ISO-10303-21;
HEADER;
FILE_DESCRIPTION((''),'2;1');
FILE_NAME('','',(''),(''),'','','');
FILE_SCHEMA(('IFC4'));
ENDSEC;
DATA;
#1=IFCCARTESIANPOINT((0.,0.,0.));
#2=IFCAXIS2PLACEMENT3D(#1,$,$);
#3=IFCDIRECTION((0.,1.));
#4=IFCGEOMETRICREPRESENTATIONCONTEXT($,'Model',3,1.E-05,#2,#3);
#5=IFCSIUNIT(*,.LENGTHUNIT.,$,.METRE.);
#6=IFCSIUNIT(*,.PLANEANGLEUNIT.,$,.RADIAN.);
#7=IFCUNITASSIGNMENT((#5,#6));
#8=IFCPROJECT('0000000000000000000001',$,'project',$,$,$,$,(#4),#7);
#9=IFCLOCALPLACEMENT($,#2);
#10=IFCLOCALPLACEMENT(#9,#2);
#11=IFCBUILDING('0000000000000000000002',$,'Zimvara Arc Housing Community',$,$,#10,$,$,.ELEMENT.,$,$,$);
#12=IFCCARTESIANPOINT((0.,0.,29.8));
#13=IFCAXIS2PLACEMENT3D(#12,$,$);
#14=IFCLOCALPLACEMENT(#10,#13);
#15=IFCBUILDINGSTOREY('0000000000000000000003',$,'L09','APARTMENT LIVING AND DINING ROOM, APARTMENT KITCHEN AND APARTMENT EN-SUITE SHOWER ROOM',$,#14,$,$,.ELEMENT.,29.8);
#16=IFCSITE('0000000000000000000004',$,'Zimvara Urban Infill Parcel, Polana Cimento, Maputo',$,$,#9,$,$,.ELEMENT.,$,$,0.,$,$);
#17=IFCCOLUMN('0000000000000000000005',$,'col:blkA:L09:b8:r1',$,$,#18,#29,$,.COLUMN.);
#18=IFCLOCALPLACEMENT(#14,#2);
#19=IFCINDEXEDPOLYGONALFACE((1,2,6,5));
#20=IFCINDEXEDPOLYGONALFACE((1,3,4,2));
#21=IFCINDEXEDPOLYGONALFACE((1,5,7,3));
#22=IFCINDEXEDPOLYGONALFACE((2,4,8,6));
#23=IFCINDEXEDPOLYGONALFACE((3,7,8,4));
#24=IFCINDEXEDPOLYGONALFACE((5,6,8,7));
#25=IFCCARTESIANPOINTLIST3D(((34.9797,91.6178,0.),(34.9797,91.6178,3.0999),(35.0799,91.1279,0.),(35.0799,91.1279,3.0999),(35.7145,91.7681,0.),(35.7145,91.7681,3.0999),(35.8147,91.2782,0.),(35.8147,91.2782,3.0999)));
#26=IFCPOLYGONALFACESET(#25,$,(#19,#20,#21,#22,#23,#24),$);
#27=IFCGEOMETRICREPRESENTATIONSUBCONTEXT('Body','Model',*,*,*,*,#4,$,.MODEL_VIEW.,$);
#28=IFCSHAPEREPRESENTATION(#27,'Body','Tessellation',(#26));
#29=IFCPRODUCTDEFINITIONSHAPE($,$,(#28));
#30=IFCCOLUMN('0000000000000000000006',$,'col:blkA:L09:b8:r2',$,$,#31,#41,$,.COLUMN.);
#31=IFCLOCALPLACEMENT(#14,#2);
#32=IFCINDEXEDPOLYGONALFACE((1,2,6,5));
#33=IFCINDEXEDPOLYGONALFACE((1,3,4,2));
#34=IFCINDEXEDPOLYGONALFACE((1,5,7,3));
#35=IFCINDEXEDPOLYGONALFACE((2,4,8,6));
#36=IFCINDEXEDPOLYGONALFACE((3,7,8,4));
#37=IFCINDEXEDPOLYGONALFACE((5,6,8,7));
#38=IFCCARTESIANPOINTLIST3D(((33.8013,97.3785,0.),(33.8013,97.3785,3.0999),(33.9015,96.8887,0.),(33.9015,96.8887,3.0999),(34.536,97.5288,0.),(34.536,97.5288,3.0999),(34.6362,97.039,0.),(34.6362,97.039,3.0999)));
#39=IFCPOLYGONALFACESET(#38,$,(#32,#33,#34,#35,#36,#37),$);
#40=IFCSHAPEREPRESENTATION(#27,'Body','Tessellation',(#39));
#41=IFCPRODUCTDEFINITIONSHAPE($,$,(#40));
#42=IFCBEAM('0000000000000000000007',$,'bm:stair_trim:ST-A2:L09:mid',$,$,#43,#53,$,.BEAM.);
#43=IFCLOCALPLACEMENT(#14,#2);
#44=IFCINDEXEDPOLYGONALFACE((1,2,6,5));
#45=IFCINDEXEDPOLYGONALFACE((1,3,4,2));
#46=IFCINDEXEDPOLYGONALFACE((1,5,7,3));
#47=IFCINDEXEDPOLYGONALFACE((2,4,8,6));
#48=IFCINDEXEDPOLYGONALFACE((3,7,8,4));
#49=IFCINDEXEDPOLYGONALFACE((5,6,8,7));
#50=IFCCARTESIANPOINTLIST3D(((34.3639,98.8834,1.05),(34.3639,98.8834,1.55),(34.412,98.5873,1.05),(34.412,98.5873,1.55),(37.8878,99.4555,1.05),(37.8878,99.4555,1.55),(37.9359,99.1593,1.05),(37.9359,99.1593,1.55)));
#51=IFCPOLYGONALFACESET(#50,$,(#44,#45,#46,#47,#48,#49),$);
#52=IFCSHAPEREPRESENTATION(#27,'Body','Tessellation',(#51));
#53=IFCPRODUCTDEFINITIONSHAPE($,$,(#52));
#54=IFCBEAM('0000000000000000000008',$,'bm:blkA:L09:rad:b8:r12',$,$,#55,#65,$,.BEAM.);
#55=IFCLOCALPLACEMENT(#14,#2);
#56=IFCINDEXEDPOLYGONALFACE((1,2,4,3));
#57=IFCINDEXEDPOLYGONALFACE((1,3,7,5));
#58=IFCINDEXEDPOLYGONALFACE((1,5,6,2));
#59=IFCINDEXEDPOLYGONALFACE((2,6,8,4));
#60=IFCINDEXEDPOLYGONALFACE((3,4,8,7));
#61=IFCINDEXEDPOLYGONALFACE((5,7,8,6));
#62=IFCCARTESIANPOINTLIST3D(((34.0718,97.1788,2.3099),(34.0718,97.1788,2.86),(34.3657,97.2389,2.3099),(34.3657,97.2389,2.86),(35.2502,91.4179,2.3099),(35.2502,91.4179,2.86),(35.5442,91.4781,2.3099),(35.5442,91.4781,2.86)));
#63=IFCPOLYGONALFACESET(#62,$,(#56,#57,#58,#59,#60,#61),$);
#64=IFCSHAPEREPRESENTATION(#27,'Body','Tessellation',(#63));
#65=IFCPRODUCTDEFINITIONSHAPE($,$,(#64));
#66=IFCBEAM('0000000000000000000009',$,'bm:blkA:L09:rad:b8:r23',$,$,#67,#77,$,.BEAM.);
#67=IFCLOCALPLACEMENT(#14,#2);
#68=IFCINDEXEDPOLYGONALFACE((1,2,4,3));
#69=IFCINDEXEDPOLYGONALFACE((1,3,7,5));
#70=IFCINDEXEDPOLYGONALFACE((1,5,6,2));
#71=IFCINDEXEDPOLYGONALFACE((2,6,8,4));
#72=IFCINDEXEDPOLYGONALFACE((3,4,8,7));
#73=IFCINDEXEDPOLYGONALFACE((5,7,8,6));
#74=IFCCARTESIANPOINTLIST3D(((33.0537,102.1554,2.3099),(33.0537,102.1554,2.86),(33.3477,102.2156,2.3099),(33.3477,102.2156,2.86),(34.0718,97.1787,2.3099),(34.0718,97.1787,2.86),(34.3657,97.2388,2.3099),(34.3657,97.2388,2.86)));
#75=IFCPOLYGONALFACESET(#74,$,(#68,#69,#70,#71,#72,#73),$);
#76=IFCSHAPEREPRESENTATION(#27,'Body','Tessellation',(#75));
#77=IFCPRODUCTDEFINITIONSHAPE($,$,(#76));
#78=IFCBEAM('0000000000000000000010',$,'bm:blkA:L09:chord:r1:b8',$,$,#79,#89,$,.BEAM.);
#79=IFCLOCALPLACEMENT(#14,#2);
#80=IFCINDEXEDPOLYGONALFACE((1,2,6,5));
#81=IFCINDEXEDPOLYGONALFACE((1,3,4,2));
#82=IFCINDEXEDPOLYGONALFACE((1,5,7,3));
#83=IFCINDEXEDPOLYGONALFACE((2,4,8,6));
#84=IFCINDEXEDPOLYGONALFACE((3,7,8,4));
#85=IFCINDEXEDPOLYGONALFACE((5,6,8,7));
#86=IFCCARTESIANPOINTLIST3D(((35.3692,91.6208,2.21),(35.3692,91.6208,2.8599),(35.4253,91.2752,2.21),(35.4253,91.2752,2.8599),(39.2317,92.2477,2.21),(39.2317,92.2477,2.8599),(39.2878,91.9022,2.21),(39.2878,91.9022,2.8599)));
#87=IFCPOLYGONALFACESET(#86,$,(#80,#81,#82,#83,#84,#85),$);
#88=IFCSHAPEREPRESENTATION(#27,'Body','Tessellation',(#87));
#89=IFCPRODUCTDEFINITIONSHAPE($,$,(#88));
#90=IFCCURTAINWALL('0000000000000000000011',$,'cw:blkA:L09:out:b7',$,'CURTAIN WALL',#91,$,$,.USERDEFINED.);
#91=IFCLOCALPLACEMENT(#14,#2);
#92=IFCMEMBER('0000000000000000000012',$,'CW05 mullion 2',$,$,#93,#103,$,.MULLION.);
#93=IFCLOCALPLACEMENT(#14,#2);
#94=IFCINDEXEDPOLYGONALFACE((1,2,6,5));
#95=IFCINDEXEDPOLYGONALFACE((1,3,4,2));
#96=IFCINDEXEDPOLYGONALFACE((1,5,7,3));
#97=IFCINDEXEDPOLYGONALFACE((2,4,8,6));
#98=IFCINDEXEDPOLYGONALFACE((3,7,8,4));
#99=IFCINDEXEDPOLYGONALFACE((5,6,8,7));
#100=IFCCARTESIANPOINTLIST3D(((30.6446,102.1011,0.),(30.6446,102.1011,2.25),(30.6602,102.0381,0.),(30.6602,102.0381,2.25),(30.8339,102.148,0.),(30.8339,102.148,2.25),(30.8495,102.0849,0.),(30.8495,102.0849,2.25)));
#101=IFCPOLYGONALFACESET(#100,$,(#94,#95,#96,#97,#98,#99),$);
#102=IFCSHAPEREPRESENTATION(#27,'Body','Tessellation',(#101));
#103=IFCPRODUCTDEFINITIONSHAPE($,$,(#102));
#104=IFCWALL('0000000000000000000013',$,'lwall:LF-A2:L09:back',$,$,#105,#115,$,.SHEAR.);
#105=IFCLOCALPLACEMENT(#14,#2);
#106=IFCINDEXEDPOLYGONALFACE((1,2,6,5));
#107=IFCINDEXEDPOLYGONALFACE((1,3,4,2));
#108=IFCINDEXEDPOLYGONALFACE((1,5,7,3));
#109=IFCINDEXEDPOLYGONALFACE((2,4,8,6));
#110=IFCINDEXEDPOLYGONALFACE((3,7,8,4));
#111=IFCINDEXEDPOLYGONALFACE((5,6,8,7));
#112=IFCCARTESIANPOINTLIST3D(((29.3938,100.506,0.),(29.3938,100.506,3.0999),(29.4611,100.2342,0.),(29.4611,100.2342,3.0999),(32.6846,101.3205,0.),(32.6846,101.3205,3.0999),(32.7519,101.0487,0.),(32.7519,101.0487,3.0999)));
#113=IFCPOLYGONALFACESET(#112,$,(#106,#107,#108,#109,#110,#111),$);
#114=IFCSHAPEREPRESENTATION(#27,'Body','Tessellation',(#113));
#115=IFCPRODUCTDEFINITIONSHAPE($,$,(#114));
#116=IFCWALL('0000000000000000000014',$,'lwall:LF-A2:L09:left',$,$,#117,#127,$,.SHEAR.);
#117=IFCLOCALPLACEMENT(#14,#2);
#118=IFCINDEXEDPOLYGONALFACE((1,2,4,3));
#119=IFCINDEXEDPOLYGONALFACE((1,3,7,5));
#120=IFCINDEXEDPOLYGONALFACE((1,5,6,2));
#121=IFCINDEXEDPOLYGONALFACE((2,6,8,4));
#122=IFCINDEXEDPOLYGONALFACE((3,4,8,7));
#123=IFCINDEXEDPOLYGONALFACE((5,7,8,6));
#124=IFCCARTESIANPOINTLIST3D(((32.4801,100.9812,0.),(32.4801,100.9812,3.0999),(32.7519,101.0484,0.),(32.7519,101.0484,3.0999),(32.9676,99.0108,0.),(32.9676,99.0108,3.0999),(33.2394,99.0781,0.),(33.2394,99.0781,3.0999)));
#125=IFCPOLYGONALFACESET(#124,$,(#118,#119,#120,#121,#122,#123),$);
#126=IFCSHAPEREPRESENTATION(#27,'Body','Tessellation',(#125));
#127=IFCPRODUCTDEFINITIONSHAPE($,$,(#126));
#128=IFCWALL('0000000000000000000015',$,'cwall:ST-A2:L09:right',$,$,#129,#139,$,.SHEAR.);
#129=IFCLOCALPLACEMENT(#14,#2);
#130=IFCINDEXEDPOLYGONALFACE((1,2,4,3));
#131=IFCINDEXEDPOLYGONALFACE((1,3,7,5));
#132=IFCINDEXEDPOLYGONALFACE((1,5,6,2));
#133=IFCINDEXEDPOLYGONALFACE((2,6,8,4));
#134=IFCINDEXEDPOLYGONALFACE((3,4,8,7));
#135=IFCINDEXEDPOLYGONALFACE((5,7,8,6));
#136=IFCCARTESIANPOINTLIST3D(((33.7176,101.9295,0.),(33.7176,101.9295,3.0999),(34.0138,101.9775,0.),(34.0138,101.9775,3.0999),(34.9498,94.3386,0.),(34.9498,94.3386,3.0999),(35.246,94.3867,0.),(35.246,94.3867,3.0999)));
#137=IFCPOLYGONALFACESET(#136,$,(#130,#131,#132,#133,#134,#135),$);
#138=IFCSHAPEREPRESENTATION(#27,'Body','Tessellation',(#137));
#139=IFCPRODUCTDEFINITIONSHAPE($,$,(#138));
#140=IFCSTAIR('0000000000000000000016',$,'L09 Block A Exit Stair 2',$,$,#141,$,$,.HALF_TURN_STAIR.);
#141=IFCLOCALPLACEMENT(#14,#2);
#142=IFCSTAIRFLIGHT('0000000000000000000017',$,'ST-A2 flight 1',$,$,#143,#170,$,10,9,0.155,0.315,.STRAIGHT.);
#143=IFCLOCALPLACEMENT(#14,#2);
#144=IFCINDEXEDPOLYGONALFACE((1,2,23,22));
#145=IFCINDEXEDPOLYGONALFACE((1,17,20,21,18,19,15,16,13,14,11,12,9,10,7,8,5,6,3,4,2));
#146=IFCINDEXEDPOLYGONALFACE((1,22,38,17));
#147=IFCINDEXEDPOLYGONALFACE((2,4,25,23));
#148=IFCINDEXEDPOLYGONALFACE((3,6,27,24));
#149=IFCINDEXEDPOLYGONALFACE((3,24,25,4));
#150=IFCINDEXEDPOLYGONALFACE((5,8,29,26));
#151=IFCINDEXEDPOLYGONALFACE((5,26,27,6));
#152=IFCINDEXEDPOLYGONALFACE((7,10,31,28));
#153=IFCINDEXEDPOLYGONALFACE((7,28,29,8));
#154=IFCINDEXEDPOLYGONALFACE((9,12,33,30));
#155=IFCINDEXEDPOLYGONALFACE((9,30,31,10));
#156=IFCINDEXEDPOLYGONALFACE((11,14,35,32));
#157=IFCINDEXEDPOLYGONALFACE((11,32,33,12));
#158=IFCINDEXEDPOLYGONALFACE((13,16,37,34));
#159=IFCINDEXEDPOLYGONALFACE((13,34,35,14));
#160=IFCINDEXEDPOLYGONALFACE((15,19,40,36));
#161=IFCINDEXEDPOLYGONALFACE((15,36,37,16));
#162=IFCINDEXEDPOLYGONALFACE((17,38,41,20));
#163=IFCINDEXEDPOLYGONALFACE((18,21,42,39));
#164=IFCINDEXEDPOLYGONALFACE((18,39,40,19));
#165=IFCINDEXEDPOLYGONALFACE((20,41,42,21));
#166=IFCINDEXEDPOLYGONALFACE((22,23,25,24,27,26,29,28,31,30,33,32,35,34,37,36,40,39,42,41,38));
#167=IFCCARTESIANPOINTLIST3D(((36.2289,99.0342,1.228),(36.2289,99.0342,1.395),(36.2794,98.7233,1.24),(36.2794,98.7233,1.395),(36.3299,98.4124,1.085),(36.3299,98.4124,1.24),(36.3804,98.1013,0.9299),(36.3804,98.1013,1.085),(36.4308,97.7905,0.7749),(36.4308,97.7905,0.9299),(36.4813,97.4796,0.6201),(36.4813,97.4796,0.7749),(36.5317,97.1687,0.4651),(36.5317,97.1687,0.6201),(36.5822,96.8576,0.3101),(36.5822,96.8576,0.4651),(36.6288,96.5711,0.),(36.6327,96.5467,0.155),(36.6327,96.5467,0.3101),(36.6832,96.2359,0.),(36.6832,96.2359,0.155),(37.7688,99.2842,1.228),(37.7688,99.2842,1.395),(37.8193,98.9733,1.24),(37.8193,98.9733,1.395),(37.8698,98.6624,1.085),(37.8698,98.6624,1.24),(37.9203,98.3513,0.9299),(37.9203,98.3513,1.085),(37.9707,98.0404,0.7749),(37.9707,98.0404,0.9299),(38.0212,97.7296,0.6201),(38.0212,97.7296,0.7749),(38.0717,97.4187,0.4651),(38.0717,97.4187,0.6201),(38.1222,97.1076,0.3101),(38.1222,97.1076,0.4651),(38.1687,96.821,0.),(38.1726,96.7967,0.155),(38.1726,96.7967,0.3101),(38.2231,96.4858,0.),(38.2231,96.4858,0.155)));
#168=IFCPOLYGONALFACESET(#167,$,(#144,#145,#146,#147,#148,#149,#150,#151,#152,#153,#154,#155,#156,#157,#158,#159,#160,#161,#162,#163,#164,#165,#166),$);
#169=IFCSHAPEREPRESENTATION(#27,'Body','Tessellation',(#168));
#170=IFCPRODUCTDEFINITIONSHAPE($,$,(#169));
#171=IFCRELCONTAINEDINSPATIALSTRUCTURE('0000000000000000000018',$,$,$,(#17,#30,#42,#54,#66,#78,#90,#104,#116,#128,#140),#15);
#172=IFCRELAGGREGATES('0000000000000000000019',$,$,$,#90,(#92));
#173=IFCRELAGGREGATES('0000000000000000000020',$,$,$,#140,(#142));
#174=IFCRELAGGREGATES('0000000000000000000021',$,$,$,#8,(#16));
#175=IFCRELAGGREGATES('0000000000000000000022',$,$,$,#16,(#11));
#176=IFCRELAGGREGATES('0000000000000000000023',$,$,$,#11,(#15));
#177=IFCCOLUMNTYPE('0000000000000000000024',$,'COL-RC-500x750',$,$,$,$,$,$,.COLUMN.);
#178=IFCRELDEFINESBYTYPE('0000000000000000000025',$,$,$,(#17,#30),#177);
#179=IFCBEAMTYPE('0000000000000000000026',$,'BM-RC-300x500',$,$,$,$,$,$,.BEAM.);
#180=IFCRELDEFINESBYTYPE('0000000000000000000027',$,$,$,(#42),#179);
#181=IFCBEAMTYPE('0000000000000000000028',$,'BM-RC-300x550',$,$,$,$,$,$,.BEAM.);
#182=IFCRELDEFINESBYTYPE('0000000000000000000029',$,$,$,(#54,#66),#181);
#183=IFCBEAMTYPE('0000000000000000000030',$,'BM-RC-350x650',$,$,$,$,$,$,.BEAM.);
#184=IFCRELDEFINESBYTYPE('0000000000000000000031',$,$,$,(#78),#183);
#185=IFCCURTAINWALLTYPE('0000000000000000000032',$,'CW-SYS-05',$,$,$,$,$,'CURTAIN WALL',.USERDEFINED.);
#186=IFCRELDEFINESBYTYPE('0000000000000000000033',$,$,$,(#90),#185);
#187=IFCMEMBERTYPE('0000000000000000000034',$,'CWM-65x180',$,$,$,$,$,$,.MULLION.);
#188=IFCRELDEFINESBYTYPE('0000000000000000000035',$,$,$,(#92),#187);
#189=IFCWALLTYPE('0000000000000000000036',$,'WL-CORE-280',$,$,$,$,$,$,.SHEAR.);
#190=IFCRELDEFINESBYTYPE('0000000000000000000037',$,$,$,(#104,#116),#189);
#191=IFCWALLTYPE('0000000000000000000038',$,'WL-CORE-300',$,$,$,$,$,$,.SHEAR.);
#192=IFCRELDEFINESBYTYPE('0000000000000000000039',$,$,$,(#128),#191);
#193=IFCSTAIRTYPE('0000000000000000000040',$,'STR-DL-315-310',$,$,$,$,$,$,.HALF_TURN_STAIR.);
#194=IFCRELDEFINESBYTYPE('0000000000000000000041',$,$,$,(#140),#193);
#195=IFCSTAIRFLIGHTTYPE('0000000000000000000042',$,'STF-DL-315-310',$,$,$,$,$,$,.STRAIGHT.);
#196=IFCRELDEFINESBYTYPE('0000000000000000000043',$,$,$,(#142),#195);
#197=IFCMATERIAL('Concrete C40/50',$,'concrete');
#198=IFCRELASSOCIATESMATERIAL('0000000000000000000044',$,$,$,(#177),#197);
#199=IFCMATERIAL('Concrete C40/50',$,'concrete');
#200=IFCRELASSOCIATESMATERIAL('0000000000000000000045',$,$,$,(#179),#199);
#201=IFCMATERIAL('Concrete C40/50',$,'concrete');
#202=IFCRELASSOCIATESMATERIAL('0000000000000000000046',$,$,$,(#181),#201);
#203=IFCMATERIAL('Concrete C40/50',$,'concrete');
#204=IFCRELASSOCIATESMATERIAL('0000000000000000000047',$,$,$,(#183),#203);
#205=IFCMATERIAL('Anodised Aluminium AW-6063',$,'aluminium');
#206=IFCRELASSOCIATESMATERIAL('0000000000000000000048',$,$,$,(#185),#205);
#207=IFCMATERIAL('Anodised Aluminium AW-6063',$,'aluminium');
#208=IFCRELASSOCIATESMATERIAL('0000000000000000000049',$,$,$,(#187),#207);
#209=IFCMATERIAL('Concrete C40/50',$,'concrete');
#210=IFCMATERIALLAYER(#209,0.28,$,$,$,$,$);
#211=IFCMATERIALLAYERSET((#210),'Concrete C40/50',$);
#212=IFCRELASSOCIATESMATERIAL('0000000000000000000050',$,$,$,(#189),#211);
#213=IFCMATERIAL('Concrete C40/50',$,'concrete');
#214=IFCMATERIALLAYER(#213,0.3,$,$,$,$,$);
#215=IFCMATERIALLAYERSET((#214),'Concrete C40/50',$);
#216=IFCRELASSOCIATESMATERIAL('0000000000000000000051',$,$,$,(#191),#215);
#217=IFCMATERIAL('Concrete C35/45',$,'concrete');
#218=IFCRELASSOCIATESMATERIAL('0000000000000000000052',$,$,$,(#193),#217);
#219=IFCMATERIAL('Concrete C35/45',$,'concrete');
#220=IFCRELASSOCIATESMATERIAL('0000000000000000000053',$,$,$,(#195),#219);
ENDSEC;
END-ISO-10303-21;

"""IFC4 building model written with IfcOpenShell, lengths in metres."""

from ifc_helpers import new_model, si_unit, direction, frame, frame_2d, origin, origin_2d, place, context, subcontext, project, spatial, polyline, rectangle, outline, extrude, material, layer, layer_set, material_profile, profile_set, type_object, element, aggregate, save


model = new_model("IFC4")

# Units and contexts
model_context = context("Model", 3, precision=1e-05, world=origin(), true_north=direction((0.0, 1.0)))
body_context = subcontext(model_context, "Body", "Model", "MODEL_VIEW")
ifc_project = project(units=[si_unit("LENGTHUNIT", "METRE"), si_unit("PLANEANGLEUNIT", "RADIAN")], contexts=[model_context])

# Site, building, storey
site_placement = place(None, origin())
site = spatial("IfcSite", under=ifc_project, at=site_placement, Name="Zimvara Urban Infill Parcel, Polana Cimento, Maputo", CompositionType="ELEMENT", RefElevation=0.0)
building_placement = place(site_placement, origin())
building = spatial("IfcBuilding", under=site, at=building_placement, Name="Zimvara Arc Housing Community", CompositionType="ELEMENT")
storey_placement = place(building_placement, frame((0.0, 0.0, 29.8)))
storey = spatial("IfcBuildingStorey", under=building, at=storey_placement, Name="L09", Description="APARTMENT LIVING AND DINING ROOM, APARTMENT KITCHEN AND APARTMENT EN-SUITE SHOWER ROOM", CompositionType="ELEMENT", Elevation=29.8)

# Columns
ifc_material_1 = material(Name="Concrete C40/50", Category="concrete")
ifc_material_profile_1 = material_profile(ifc_material_1, rectangle(XDim=0.5, YDim=0.75, at=origin_2d()), Name="RC 500x750")
ifc_profile_set_1 = profile_set([ifc_material_profile_1], Name="Concrete C40/50")
column_type = type_object("IfcColumnType", Name="COL-RC-500x750", PredefinedType="COLUMN", material=ifc_profile_set_1)
for number, where, z_axis, x_axis, name in (
    (1, (35.3972, 91.448, 0.0), (0.0, 0.0, 1.0), (-0.200394, 0.979715, 0.0), "col:blkA:L09:b8:r1"),
    (2, (34.2188, 97.2087, 0.0), (0.0, 0.0, 1.0), (-0.200394, 0.979715, 0.0), "col:blkA:L09:b8:r2"),
):
    element("IfcColumn", number, at=place(storey_placement, frame(where, z_axis=z_axis, x_axis=x_axis)), inside=storey, type_object=column_type, Name=name, PredefinedType="COLUMN", context=body_context, shape_type="SweptSolid", body=[
        extrude(rectangle(XDim=0.5, YDim=0.75, at=origin_2d()), origin(), (0.0, 0.0, 1.0), 3.0999),
    ])

# Beams
ifc_material_2 = material(Name="Concrete C40/50", Category="concrete")
ifc_material_profile_2 = material_profile(ifc_material_2, rectangle(XDim=0.3, YDim=0.5, at=origin_2d()), Name="RC 300x500")
ifc_profile_set_2 = profile_set([ifc_material_profile_2], Name="Concrete C40/50")
beam_type_1 = type_object("IfcBeamType", Name="BM-RC-300x500", PredefinedType="BEAM", material=ifc_profile_set_2)
beam_1_placement = place(storey_placement, frame((37.9119, 99.3074, 1.3), z_axis=(-0.98708, -0.160228, 0.0), x_axis=(0.160228, -0.98708, 0.0)))
element("IfcBeam", 3, at=beam_1_placement, inside=storey, type_object=beam_type_1, Name="bm:stair_trim:ST-A2:L09:mid", PredefinedType="BEAM", context=body_context, shape_type="SweptSolid", body=[
    extrude(rectangle(XDim=0.3, YDim=0.5, at=origin_2d()), origin(), (0.0, 0.0, 1.0), 3.5701),
])
ifc_material_3 = material(Name="Concrete C40/50", Category="concrete")
ifc_material_profile_3 = material_profile(ifc_material_3, rectangle(XDim=0.3, YDim=0.55, at=origin_2d()), Name="RC 300x550")
ifc_profile_set_3 = profile_set([ifc_material_profile_3], Name="Concrete C40/50")
beam_type_2 = type_object("IfcBeamType", Name="BM-RC-300x550", PredefinedType="BEAM", material=ifc_profile_set_3)
beam_2_placement = place(storey_placement, frame((35.3972, 91.448, 2.585), z_axis=(-0.200418, 0.97971, 0.0), x_axis=(-0.97971, -0.200418, 0.0)))
element("IfcBeam", 4, at=beam_2_placement, inside=storey, type_object=beam_type_2, Name="bm:blkA:L09:rad:b8:r12", PredefinedType="BEAM", context=body_context, shape_type="SweptSolid", body=[
    extrude(rectangle(XDim=0.3, YDim=0.55, at=origin_2d()), origin(), (0.0, 0.0, 1.0), 5.8801),
])
beam_3_placement = place(storey_placement, frame((34.2188, 97.2087, 2.585), z_axis=(-0.200412, 0.979712, 0.0), x_axis=(-0.979712, -0.200412, 0.0)))
element("IfcBeam", 5, at=beam_3_placement, inside=storey, type_object=beam_type_2, Name="bm:blkA:L09:rad:b8:r23", PredefinedType="BEAM", context=body_context, shape_type="SweptSolid", body=[
    extrude(rectangle(XDim=0.3, YDim=0.55, at=origin_2d()), origin(), (0.0, 0.0, 1.0), 5.0798),
])
ifc_material_4 = material(Name="Concrete C40/50", Category="concrete")
ifc_material_profile_4 = material_profile(ifc_material_4, rectangle(XDim=0.3501, YDim=0.6499, at=origin_2d()), Name="RC 350x650")
ifc_profile_set_4 = profile_set([ifc_material_profile_4], Name="Concrete C40/50")
beam_type_3 = type_object("IfcBeamType", Name="BM-RC-350x650", PredefinedType="BEAM", material=ifc_profile_set_4)
beam_4_placement = place(storey_placement, frame((35.3972, 91.448, 2.5349), z_axis=(0.987081, 0.160219, 0.0), x_axis=(-0.160219, 0.987081, 0.0)))
element("IfcBeam", 6, at=beam_4_placement, inside=storey, type_object=beam_type_3, Name="bm:blkA:L09:chord:r1:b8", PredefinedType="BEAM", context=body_context, shape_type="SweptSolid", body=[
    extrude(rectangle(XDim=0.3501, YDim=0.6499, at=origin_2d()), origin(), (0.0, 0.0, 1.0), 3.9131),
])

# Curtain wall, member
ifc_material_5 = material(Name="Anodised Aluminium AW-6063", Category="aluminium")
curtain_wall_type = type_object("IfcCurtainWallType", Name="CW-SYS-05", ElementType="CURTAIN WALL", PredefinedType="USERDEFINED", material=ifc_material_5)
curtain_wall_placement = place(storey_placement, origin())
curtain_wall = element("IfcCurtainWall", 7, at=curtain_wall_placement, inside=storey, type_object=curtain_wall_type, Name="cw:blkA:L09:out:b7", ObjectType="CURTAIN WALL", PredefinedType="USERDEFINED")
ifc_material_6 = material(Name="Anodised Aluminium AW-6063", Category="aluminium")
ifc_material_profile_5 = material_profile(ifc_material_6, rectangle(XDim=0.0649, YDim=0.1951, at=origin_2d()), Name="ALU 65x195")
ifc_profile_set_5 = profile_set([ifc_material_profile_5], Name="Anodised Aluminium AW-6063")
member_type = type_object("IfcMemberType", Name="CWM-65x180", PredefinedType="MULLION", material=ifc_profile_set_5)
member_placement = place(storey_placement, frame((30.7471, 102.093, 0.0), z_axis=(0.0, 0.0, 1.0), x_axis=(-0.24023, 0.970716, 0.0)))
member = element("IfcMember", 8, at=member_placement, type_object=member_type, Name="CW05 mullion 2", PredefinedType="MULLION", context=body_context, shape_type="SweptSolid", body=[
    extrude(rectangle(XDim=0.0649, YDim=0.1951, at=origin_2d()), origin(), (0.0, 0.0, 1.0), 2.25),
])
aggregate(curtain_wall, [member])

# Shared definitions
ifc_material_7 = material(Name="Concrete C40/50", Category="concrete")
ifc_layer_1 = layer(ifc_material_7, 0.28)
ifc_layer_set_1 = layer_set([ifc_layer_1], Name="Concrete C40/50")
wall_type_1 = type_object("IfcWallType", Name="WL-CORE-280", PredefinedType="SHEAR", material=ifc_layer_set_1)

# Walls
wall_1_placement = place(storey_placement, frame((32.7183, 101.1846, 0.0), z_axis=(0.0, 0.0, 1.0), x_axis=(-0.970712, -0.240247, 0.0)))
element("IfcWall", 9, at=wall_1_placement, inside=storey, type_object=wall_type_1, Name="lwall:LF-A2:L09:back", PredefinedType="SHEAR", context=body_context, shape_type="SweptSolid", body=[
    extrude(rectangle(XDim=3.3901, YDim=0.28, at=frame_2d((1.6951, 0.0))), origin(), (0.0, 0.0, 1.0), 3.0999),
])
wall_2_placement = place(storey_placement, frame((33.1035, 99.0444, 0.0), z_axis=(0.0, 0.0, 1.0), x_axis=(-0.240186, 0.970727, 0.0)))
element("IfcWall", 10, at=wall_2_placement, inside=storey, type_object=wall_type_1, Name="lwall:LF-A2:L09:left", PredefinedType="SHEAR", context=body_context, shape_type="SweptSolid", body=[
    extrude(rectangle(XDim=2.0298, YDim=0.28, at=frame_2d((1.0149, 0.0))), origin(), (0.0, 0.0, 1.0), 3.0999),
])
ifc_material_8 = material(Name="Concrete C40/50", Category="concrete")
ifc_layer_2 = layer(ifc_material_8, 0.3)
ifc_layer_set_2 = layer_set([ifc_layer_2], Name="Concrete C40/50")
wall_type_2 = type_object("IfcWallType", Name="WL-CORE-300", PredefinedType="SHEAR", material=ifc_layer_set_2)
wall_3_placement = place(storey_placement, frame((35.0979, 94.3625, 0.0), z_axis=(0.0, 0.0, 1.0), x_axis=(-0.160227, 0.98708, 0.0)))
element("IfcWall", 11, at=wall_3_placement, inside=storey, type_object=wall_type_2, Name="cwall:ST-A2:L09:right", PredefinedType="SHEAR", context=body_context, shape_type="SweptSolid", body=[
    extrude(rectangle(XDim=7.6902, YDim=0.3, at=frame_2d((3.8452, 0.0))), origin(), (0.0, 0.0, 1.0), 3.0999),
])

# Stair, stair flight
ifc_material_9 = material(Name="Concrete C35/45", Category="concrete")
stair_type = type_object("IfcStairType", Name="STR-DL-315-310", PredefinedType="HALF_TURN_STAIR", material=ifc_material_9)
stair_placement = place(storey_placement, origin())
stair = element("IfcStair", 12, at=stair_placement, inside=storey, type_object=stair_type, Name="L09 Block A Exit Stair 2", PredefinedType="HALF_TURN_STAIR")
ifc_material_10 = material(Name="Concrete C35/45", Category="concrete")
stair_flight_type = type_object("IfcStairFlightType", Name="STF-DL-315-310", PredefinedType="STRAIGHT", material=ifc_material_10)
stair_flight_1_placement = place(storey_placement, frame((37.4531, 96.3608, 0.0), z_axis=(0.0, 0.0, 1.0), x_axis=(-0.160226, 0.98708, 0.0)))
stair_flight_1 = element("IfcStairFlight", 13, at=stair_flight_1_placement, type_object=stair_flight_type, Name="ST-A2 flight 1", NumberOfRisers=10, NumberOfTreads=9, PredefinedType="STRAIGHT", RiserHeight=0.155, TreadLength=0.315, context=body_context, shape_type="SweptSolid", body=[
    extrude(outline(polyline([(0.0, 0.0), (0.0, 0.155), (0.3149, 0.155), (0.3149, 0.3101), (0.6299, 0.3101), (0.6299, 0.4651), (0.9451, 0.4651), (0.9451, 0.6201), (1.26, 0.6201), (1.26, 0.7749), (1.575, 0.7749), (1.575, 0.9299), (1.8899, 0.9299), (1.8899, 1.085), (2.2051, 1.085), (2.2051, 1.24), (2.52, 1.24), (2.52, 1.395), (2.835, 1.395), (2.835, 1.55), (2.835, 1.228), (0.3396, 0.0), (0.0, 0.0)])), frame((0.0, 0.78, 0.0), z_axis=(0.0, -1.0, 0.0), x_axis=(1.0, 0.0, 0.0)), (0.0, 0.0, 1.0), 1.5601),
])
aggregate(stair, [stair_flight_1])

save(model, "model.ifc")
